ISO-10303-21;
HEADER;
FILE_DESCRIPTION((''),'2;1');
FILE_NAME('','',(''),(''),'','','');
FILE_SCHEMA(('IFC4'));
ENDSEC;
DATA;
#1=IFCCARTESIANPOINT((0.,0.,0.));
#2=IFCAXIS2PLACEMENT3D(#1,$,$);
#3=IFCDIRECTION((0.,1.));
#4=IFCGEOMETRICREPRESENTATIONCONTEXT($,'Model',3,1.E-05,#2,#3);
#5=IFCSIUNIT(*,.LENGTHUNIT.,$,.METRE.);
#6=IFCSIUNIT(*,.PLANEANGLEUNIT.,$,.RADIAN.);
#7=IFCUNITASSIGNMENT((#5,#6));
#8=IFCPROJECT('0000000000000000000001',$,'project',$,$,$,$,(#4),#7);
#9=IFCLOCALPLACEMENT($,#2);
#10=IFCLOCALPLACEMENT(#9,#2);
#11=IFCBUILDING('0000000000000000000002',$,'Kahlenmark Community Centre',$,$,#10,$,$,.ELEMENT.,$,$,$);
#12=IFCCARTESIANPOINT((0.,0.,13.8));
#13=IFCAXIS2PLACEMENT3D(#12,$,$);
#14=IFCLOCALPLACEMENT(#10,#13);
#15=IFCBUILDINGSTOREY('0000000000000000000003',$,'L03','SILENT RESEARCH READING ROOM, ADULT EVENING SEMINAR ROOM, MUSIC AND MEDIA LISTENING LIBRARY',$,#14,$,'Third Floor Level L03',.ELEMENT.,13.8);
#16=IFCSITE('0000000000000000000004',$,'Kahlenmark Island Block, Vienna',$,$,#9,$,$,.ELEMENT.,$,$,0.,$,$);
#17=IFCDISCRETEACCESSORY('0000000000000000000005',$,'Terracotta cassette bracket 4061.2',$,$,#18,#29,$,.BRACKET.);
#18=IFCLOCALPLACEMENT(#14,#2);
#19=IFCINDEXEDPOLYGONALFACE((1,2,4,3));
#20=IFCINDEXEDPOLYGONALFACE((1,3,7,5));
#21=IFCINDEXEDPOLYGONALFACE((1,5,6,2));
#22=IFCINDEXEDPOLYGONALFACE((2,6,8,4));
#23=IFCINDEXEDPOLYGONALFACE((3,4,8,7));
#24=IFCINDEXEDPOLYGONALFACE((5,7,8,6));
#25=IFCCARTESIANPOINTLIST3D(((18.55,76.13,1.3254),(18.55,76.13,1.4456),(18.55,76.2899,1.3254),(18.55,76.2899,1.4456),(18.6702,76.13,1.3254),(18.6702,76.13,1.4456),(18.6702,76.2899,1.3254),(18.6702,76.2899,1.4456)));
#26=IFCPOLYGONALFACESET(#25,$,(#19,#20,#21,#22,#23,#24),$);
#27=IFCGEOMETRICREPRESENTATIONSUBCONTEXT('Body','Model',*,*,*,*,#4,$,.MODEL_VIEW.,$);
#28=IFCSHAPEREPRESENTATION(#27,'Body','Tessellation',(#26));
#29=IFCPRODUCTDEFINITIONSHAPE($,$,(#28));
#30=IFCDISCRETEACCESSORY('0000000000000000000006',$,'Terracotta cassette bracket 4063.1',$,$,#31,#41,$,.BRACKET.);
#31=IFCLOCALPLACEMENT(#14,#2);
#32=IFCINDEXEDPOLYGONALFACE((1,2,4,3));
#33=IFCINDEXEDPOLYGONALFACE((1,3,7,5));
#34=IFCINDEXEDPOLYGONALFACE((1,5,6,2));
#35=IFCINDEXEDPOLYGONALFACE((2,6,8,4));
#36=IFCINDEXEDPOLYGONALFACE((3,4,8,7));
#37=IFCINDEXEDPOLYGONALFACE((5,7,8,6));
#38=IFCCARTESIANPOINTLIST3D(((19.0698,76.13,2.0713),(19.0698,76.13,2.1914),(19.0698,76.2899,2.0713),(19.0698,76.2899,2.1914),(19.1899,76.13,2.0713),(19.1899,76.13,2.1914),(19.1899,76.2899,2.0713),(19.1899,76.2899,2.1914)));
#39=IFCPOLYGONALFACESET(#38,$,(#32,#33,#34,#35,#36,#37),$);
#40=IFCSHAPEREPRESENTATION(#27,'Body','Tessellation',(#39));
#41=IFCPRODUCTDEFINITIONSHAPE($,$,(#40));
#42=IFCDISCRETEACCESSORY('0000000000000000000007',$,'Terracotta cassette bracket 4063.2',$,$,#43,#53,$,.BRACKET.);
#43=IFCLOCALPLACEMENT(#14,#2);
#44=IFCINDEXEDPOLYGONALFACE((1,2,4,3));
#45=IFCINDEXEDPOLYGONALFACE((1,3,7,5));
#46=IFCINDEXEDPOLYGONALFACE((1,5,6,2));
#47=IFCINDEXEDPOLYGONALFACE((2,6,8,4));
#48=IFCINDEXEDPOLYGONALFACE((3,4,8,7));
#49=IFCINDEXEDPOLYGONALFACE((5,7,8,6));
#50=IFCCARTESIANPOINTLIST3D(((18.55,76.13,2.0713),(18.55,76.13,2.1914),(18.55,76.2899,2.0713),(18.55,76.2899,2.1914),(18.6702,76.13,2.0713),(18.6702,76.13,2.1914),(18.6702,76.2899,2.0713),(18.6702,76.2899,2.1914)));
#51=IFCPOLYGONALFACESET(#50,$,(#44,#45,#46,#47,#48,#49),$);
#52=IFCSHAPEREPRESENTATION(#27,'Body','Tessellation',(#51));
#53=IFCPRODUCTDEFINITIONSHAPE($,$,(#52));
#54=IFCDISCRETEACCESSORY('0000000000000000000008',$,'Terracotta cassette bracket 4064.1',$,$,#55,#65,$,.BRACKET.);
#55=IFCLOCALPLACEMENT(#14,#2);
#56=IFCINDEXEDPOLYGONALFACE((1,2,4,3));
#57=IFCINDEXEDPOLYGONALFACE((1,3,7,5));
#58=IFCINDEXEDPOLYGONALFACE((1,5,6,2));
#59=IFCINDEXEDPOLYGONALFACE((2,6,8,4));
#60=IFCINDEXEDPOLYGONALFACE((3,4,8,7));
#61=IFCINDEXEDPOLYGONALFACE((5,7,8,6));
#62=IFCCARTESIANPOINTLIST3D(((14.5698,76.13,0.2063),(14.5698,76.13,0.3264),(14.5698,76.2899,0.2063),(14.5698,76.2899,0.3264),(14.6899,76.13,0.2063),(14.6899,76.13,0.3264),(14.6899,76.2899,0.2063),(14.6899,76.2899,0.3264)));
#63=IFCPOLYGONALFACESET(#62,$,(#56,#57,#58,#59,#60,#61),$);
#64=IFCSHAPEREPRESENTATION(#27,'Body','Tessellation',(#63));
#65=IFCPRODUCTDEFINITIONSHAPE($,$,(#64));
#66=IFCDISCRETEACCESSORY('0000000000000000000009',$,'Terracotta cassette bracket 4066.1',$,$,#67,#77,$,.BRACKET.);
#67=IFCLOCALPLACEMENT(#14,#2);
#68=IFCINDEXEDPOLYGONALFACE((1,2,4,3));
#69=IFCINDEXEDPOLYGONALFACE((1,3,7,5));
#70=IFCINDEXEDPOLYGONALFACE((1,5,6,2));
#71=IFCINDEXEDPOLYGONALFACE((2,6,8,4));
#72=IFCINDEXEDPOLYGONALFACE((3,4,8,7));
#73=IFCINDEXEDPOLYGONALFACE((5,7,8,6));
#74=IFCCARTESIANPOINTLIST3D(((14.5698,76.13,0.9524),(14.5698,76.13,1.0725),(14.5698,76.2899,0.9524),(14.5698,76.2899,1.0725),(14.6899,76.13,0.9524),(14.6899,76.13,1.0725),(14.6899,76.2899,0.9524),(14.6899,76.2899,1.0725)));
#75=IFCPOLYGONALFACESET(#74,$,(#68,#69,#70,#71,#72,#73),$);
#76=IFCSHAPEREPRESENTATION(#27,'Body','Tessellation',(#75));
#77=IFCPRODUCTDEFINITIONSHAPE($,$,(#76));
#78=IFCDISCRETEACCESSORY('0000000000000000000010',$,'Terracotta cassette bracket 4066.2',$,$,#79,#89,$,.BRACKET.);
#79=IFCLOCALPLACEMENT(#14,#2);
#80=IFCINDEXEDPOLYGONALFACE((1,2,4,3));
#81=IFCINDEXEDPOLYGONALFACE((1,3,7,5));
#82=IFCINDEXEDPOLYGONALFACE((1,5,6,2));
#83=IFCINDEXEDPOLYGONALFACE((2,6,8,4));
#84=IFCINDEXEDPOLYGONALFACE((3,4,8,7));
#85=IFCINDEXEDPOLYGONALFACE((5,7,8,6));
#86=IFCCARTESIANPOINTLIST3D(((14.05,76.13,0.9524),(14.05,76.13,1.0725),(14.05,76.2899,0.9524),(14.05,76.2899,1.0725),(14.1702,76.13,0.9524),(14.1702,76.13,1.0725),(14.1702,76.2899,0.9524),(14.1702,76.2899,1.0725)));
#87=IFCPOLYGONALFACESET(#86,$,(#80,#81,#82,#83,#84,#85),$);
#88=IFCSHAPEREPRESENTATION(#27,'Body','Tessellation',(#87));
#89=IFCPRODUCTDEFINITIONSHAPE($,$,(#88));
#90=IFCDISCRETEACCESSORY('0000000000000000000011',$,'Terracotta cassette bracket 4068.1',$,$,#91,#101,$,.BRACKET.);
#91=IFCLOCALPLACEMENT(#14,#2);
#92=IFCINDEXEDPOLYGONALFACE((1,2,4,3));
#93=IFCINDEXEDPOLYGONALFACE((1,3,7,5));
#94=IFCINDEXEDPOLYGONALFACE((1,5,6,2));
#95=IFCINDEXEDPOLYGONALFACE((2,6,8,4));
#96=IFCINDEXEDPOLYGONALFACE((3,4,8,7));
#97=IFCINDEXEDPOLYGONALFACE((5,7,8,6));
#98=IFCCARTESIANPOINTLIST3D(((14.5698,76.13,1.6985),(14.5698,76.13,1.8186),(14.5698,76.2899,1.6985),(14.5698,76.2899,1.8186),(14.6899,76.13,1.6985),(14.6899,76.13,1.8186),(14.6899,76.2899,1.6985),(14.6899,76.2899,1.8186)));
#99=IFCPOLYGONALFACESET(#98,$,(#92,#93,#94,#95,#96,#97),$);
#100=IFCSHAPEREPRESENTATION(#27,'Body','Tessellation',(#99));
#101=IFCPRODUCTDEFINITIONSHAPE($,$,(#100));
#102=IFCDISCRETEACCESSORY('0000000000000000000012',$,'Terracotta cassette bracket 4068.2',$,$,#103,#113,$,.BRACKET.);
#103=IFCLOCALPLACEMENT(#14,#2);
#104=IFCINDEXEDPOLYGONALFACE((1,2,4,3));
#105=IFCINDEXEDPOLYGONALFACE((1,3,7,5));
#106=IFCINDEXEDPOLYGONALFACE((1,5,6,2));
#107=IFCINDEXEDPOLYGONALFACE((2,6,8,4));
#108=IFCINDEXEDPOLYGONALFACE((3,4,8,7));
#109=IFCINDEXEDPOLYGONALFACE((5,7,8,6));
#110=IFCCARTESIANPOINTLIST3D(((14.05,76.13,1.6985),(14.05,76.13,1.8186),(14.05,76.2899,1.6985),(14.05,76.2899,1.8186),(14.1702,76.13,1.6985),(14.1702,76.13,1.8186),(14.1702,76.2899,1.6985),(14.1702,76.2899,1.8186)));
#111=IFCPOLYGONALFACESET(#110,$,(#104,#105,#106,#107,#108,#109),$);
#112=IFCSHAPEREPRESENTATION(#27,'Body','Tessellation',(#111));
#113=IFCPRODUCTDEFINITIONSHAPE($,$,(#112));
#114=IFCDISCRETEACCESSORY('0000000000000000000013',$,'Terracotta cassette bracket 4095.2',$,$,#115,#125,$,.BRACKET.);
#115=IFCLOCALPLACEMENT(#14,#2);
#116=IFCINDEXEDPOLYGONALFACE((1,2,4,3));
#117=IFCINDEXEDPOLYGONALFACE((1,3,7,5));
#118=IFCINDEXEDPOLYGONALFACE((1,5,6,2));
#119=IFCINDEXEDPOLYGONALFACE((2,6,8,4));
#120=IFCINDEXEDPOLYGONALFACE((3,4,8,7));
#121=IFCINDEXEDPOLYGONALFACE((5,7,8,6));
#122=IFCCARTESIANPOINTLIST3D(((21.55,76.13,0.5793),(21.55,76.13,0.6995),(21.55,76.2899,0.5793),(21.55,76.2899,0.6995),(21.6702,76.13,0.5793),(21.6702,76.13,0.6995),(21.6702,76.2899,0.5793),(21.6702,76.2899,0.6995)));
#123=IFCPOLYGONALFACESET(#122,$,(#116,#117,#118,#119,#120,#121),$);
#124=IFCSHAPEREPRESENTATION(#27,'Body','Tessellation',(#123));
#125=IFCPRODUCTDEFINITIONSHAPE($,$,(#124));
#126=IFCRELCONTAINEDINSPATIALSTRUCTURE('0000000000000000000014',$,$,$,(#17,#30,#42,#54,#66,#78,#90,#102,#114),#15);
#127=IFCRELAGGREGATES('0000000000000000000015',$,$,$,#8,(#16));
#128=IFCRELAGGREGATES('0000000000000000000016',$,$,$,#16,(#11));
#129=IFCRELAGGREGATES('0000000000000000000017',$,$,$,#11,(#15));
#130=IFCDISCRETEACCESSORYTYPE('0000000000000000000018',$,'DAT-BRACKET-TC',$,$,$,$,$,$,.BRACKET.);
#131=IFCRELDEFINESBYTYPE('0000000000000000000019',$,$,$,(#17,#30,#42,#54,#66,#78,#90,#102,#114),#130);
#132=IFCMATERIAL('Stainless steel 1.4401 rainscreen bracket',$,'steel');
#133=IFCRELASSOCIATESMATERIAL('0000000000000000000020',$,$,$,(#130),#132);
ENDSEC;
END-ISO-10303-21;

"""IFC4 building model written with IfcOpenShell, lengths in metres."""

from ifc_helpers import new_model, si_unit, direction, frame, origin, origin_2d, place, context, subcontext, project, spatial, rectangle, extrude, material, type_object, element, save


model = new_model("IFC4")

# Units and contexts
model_context = context("Model", 3, precision=1e-05, world=origin(), true_north=direction((0.0, 1.0)))
body_context = subcontext(model_context, "Body", "Model", "MODEL_VIEW")
ifc_project = project(units=[si_unit("LENGTHUNIT", "METRE"), si_unit("PLANEANGLEUNIT", "RADIAN")], contexts=[model_context])

# Site, building, storey
site_placement = place(None, origin())
site = spatial("IfcSite", under=ifc_project, at=site_placement, Name="Kahlenmark Island Block, Vienna", CompositionType="ELEMENT", RefElevation=0.0)
building_placement = place(site_placement, origin())
building = spatial("IfcBuilding", under=site, at=building_placement, Name="Kahlenmark Community Centre", CompositionType="ELEMENT")
storey_placement = place(building_placement, frame((0.0, 0.0, 13.8)))
storey = spatial("IfcBuildingStorey", under=building, at=storey_placement, Name="L03", Description="SILENT RESEARCH READING ROOM, ADULT EVENING SEMINAR ROOM, MUSIC AND MEDIA LISTENING LIBRARY", LongName="Third Floor Level L03", CompositionType="ELEMENT", Elevation=13.8)

# Discrete accessories
ifc_material_1 = material(Name="Stainless steel 1.4401 rainscreen bracket", Category="steel")
discrete_accessory_type = type_object("IfcDiscreteAccessoryType", Name="DAT-BRACKET-TC", PredefinedType="BRACKET", material=ifc_material_1)
for number, where, z_axis, x_axis, name in (
    (1, (18.6101, 76.21, 1.3254), (0.0, 0.0, 1.0), (-1.0, 0.0, 0.0), "Terracotta cassette bracket 4061.2"),
    (2, (19.1299, 76.21, 2.0713), (0.0, 0.0, 1.0), (-1.0, 0.0, 0.0), "Terracotta cassette bracket 4063.1"),
    (3, (18.6101, 76.21, 2.0713), (0.0, 0.0, 1.0), (-1.0, 0.0, 0.0), "Terracotta cassette bracket 4063.2"),
    (4, (14.6299, 76.21, 0.2063), (0.0, 0.0, 1.0), (-1.0, 0.0, 0.0), "Terracotta cassette bracket 4064.1"),
    (5, (14.6299, 76.21, 0.9524), (0.0, 0.0, 1.0), (-1.0, 0.0, 0.0), "Terracotta cassette bracket 4066.1"),
    (6, (14.1101, 76.21, 0.9524), (0.0, 0.0, 1.0), (-1.0, 0.0, 0.0), "Terracotta cassette bracket 4066.2"),
    (7, (14.6299, 76.21, 1.6985), (0.0, 0.0, 1.0), (-1.0, 0.0, 0.0), "Terracotta cassette bracket 4068.1"),
    (8, (14.1101, 76.21, 1.6985), (0.0, 0.0, 1.0), (-1.0, 0.0, 0.0), "Terracotta cassette bracket 4068.2"),
    (9, (21.6101, 76.21, 0.5793), (0.0, 0.0, 1.0), (-1.0, 0.0, 0.0), "Terracotta cassette bracket 4095.2"),
):
    element("IfcDiscreteAccessory", number, at=place(storey_placement, frame(where, z_axis=z_axis, x_axis=x_axis)), inside=storey, type_object=discrete_accessory_type, Name=name, PredefinedType="BRACKET", context=body_context, shape_type="SweptSolid", body=[
        extrude(rectangle(XDim=0.1201, YDim=0.1599, at=origin_2d()), origin(), (0.0, 0.0, 1.0), 0.1201),
    ])

save(model, "model.ifc")
